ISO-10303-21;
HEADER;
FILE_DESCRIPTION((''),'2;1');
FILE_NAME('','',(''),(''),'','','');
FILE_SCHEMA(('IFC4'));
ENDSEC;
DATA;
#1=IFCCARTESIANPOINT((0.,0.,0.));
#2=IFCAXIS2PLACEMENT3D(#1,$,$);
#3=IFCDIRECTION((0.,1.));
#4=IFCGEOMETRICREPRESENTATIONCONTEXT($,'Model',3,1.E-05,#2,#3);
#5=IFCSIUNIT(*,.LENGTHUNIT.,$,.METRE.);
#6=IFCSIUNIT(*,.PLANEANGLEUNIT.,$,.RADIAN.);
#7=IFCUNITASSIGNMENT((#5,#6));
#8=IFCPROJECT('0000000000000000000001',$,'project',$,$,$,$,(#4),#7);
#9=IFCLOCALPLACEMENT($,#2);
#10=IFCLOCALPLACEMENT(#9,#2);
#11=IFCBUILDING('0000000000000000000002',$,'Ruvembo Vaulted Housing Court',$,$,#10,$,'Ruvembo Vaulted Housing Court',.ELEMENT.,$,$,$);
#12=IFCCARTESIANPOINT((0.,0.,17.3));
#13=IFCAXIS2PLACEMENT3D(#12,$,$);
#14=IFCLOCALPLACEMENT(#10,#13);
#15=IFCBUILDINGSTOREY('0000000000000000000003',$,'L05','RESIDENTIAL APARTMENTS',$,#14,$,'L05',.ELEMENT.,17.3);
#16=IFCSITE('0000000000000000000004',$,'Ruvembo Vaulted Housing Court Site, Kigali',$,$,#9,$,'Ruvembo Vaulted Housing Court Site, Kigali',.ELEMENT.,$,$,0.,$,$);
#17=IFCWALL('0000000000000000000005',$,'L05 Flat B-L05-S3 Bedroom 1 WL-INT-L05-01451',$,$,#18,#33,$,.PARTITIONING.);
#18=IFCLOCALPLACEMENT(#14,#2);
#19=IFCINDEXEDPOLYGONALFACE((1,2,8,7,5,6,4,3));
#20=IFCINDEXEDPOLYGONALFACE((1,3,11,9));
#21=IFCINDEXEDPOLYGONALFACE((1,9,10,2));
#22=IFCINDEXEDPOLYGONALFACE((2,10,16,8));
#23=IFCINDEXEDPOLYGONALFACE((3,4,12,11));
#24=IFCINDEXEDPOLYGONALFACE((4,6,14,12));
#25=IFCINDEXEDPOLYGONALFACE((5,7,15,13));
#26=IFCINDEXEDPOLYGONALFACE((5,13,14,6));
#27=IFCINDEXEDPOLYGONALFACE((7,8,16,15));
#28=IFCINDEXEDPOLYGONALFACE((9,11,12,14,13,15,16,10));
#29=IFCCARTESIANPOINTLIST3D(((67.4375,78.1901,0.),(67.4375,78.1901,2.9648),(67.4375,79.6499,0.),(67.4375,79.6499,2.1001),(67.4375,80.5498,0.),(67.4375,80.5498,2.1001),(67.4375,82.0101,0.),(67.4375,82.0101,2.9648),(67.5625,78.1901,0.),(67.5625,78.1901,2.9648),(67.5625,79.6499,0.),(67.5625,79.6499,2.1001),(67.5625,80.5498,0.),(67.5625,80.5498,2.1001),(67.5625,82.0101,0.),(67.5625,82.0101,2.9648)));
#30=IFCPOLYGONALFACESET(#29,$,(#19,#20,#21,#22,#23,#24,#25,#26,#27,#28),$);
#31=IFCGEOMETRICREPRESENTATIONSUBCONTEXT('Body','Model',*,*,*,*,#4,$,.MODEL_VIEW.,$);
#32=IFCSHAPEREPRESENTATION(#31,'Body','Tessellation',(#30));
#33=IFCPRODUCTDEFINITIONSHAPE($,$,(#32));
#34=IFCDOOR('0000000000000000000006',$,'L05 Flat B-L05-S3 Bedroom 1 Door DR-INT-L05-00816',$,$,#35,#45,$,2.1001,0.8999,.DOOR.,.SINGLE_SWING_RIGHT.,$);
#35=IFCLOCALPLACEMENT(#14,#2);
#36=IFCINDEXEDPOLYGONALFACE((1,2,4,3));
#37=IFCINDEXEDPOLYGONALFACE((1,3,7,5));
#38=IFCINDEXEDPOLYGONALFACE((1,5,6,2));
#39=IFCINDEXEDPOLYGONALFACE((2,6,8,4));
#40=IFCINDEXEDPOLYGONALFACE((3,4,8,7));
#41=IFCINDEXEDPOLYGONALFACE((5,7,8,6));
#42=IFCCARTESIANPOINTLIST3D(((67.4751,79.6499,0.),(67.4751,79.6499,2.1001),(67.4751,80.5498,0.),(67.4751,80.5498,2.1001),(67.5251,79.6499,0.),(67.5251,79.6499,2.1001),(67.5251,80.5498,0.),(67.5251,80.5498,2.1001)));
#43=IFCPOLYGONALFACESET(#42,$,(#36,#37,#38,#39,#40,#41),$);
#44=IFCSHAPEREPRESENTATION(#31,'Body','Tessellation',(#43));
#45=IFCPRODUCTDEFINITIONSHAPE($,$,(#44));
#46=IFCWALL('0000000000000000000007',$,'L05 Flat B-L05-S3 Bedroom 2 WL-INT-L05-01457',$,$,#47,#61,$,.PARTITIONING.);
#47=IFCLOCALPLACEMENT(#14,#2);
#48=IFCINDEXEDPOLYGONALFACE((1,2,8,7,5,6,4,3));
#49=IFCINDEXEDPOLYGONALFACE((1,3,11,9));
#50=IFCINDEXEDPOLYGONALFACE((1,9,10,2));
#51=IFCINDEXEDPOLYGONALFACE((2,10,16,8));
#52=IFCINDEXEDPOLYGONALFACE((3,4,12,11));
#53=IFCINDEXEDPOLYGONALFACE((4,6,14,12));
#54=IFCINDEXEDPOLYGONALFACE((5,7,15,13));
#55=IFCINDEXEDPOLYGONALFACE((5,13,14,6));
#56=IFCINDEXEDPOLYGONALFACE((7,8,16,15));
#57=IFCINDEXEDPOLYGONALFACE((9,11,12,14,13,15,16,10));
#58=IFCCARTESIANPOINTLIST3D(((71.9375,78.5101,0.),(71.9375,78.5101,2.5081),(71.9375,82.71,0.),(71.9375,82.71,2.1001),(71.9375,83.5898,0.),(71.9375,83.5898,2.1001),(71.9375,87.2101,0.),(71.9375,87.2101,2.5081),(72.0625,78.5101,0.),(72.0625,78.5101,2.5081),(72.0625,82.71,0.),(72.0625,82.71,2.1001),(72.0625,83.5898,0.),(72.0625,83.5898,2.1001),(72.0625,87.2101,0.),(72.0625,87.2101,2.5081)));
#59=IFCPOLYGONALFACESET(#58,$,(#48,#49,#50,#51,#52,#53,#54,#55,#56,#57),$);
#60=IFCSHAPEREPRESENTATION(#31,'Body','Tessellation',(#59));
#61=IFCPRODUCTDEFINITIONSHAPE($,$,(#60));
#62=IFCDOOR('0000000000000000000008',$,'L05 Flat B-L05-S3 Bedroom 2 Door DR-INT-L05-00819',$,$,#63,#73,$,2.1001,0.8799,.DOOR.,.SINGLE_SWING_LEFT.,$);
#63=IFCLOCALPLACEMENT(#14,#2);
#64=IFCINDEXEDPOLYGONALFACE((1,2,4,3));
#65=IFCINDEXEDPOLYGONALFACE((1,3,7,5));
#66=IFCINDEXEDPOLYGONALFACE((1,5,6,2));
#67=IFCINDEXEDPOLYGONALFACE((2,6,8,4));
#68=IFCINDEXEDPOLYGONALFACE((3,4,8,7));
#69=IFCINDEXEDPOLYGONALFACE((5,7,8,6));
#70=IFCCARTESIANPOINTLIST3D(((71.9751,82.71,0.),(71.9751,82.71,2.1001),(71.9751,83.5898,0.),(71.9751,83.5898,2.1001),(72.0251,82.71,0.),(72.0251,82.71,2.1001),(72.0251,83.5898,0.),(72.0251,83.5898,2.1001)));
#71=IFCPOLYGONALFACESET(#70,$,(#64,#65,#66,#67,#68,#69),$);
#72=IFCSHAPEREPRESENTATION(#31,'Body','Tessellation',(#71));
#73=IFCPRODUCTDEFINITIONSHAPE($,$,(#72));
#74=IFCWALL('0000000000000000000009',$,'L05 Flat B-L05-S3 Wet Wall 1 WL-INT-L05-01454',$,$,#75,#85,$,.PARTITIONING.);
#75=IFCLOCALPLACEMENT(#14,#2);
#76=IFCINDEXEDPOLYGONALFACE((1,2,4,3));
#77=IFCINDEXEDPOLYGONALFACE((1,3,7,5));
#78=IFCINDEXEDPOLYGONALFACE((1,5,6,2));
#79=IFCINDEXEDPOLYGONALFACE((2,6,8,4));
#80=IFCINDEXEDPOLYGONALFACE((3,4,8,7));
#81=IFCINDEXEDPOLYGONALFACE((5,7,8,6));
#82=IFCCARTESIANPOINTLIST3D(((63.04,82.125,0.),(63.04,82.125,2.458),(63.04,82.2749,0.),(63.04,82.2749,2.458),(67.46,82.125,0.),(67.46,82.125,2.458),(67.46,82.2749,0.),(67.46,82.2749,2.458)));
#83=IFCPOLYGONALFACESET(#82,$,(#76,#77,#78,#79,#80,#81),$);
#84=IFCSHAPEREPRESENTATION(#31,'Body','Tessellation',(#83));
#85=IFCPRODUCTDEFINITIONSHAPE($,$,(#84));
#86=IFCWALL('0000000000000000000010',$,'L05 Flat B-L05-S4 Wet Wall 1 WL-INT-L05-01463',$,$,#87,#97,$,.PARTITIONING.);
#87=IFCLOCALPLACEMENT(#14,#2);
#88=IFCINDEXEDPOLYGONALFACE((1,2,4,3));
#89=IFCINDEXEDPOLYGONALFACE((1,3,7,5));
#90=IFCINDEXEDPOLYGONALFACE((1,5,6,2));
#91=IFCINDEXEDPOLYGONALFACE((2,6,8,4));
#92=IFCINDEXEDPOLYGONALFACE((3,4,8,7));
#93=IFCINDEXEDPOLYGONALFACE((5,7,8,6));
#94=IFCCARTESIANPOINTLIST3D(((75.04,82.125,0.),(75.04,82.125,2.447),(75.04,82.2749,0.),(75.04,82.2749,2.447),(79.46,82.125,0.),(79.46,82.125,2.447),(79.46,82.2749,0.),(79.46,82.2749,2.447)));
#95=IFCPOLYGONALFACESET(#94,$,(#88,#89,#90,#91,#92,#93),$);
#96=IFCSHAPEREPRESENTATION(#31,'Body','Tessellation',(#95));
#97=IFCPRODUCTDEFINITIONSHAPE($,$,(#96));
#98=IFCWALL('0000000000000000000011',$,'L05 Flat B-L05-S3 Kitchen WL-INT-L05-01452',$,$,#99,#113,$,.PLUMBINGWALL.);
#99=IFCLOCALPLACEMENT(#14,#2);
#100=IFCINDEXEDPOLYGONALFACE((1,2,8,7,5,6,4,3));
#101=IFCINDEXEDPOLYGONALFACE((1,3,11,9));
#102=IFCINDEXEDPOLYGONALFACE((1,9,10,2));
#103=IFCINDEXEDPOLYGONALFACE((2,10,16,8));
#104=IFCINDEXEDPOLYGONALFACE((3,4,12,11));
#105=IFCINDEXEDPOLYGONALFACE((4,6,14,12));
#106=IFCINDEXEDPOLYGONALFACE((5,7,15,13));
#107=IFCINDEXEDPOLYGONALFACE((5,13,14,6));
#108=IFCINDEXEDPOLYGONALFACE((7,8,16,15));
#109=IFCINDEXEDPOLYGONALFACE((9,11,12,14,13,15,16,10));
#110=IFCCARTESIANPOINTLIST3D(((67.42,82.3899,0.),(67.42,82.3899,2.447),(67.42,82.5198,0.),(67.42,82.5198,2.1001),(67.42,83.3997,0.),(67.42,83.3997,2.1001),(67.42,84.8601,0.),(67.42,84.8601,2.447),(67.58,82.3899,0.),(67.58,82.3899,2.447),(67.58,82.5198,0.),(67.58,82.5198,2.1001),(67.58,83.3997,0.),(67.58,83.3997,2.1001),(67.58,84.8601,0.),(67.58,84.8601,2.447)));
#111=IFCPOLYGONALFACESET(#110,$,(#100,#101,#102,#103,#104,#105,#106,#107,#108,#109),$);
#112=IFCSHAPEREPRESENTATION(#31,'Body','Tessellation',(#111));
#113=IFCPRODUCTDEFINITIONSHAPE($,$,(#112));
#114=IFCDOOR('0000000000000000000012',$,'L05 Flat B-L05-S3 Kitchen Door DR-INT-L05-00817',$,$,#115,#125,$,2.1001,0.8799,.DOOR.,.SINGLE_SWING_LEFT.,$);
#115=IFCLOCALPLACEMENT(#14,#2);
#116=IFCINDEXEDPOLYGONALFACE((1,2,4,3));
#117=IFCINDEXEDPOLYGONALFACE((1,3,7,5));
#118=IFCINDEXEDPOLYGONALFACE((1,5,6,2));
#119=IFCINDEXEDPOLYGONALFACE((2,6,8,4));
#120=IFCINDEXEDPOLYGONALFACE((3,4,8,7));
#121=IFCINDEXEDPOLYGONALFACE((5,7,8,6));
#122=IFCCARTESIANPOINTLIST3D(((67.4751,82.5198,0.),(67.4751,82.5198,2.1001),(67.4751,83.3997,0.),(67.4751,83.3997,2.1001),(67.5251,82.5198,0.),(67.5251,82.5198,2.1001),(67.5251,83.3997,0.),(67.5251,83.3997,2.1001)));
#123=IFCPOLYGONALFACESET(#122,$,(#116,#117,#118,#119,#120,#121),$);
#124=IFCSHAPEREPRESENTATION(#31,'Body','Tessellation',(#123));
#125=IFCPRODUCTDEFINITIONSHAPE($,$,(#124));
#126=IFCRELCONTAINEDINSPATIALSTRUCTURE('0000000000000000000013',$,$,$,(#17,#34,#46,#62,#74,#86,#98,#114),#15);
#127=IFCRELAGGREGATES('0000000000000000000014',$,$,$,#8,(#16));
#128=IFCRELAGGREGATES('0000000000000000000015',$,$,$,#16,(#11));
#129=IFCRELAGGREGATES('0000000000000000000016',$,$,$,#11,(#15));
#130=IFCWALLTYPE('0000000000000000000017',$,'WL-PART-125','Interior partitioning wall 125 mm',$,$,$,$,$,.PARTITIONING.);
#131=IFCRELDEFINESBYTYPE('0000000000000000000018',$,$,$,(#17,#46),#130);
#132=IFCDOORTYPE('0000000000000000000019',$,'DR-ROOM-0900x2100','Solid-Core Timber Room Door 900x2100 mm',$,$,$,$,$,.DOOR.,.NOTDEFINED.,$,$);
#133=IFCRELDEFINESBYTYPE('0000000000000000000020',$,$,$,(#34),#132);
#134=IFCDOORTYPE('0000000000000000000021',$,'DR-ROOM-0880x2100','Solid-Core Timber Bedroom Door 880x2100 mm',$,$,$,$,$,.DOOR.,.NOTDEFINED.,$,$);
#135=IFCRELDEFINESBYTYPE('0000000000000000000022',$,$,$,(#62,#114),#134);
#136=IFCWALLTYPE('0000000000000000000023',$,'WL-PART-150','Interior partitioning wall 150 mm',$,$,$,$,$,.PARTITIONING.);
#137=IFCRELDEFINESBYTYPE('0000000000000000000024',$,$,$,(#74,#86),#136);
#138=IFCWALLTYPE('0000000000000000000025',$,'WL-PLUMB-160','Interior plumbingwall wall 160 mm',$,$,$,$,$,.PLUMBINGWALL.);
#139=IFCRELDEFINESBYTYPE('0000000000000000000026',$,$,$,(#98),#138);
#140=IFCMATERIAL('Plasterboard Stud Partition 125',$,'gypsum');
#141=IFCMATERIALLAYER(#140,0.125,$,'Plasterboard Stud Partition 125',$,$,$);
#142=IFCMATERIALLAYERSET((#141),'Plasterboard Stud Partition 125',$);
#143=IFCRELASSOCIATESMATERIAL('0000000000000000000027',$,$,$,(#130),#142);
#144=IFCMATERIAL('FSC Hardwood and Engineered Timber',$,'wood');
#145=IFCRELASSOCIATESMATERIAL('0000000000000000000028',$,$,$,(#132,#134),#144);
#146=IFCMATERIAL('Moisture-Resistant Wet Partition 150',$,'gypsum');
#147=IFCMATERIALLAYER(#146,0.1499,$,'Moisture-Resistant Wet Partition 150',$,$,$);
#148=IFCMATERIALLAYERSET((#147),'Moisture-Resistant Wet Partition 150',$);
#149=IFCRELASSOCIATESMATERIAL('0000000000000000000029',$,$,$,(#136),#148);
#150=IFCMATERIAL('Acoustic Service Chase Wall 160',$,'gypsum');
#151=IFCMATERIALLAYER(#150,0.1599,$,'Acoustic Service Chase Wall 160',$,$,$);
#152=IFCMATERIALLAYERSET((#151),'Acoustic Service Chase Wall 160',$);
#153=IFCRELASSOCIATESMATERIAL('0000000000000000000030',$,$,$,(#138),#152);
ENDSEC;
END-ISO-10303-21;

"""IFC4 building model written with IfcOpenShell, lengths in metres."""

from ifc_helpers import new_model, si_unit, direction, frame, frame_2d, origin, place, context, subcontext, project, spatial, rectangle, extrude, material, layer, layer_set, type_object, element, fill, save


model = new_model("IFC4")

# Units and contexts
model_context = context("Model", 3, precision=1e-05, world=origin(), true_north=direction((0.0, 1.0)))
body_context = subcontext(model_context, "Body", "Model", "MODEL_VIEW")
ifc_project = project(units=[si_unit("LENGTHUNIT", "METRE"), si_unit("PLANEANGLEUNIT", "RADIAN")], contexts=[model_context])

# Site, building, storey
site_placement = place(None, origin())
site = spatial("IfcSite", under=ifc_project, at=site_placement, Name="Ruvembo Vaulted Housing Court Site, Kigali", LongName="Ruvembo Vaulted Housing Court Site, Kigali", CompositionType="ELEMENT", RefElevation=0.0)
building_placement = place(site_placement, origin())
building = spatial("IfcBuilding", under=site, at=building_placement, Name="Ruvembo Vaulted Housing Court", LongName="Ruvembo Vaulted Housing Court", CompositionType="ELEMENT")
storey_placement = place(building_placement, frame((0.0, 0.0, 17.3)))
storey = spatial("IfcBuildingStorey", under=building, at=storey_placement, Name="L05", Description="RESIDENTIAL APARTMENTS", LongName="L05", CompositionType="ELEMENT", Elevation=17.3)

# Walls, openings, doors
ifc_material_1 = material(Name="Plasterboard Stud Partition 125", Category="gypsum")
ifc_layer_1 = layer(ifc_material_1, 0.125, Name="Plasterboard Stud Partition 125")
ifc_layer_set_1 = layer_set([ifc_layer_1], Name="Plasterboard Stud Partition 125")
wall_type_1 = type_object("IfcWallType", Name="WL-PART-125", Description="Interior partitioning wall 125 mm", PredefinedType="PARTITIONING", material=ifc_layer_set_1)
wall_1_placement = place(storey_placement, frame((67.5, 78.1899, 0.0), z_axis=(0.0, 0.0, 1.0), x_axis=(0.0, 1.0, 0.0)))
wall_1 = element("IfcWall", 1, at=wall_1_placement, inside=storey, type_object=wall_type_1, Name="L05 Flat B-L05-S3 Bedroom 1 WL-INT-L05-01451", PredefinedType="PARTITIONING", context=body_context, shape_type="SweptSolid", body=[
    extrude(rectangle(XDim=3.8201, YDim=0.125, at=frame_2d((1.9102, 0.0))), origin(), (0.0, 0.0, 1.0), 2.9648),
])
opening_1_placement = place(wall_1_placement, frame((1.46, 0.0, 0.0)))
opening_1 = element("IfcOpeningElement", 2, at=opening_1_placement, cuts=wall_1, PredefinedType="OPENING", context=body_context, shape_type="SweptSolid", body=[
    extrude(rectangle(XDim=0.8999, YDim=2.1001, at=frame_2d((0.45, 1.05))), frame((0.0, 0.0725, 0.0), z_axis=(0.0, -1.0, 0.0), x_axis=(1.0, 0.0, 0.0)), (0.0, 0.0, 1.0), 0.145),
])
ifc_material_2 = material(Name="FSC Hardwood and Engineered Timber", Category="wood")
door_type_1 = type_object("IfcDoorType", Name="DR-ROOM-0900x2100", Description="Solid-Core Timber Room Door 900x2100 mm", OperationType="NOTDEFINED", PredefinedType="DOOR", material=ifc_material_2)
door_1_placement = place(opening_1_placement, origin())
door_1 = element("IfcDoor", 3, at=door_1_placement, inside=storey, type_object=door_type_1, Name="L05 Flat B-L05-S3 Bedroom 1 Door DR-INT-L05-00816", OperationType="SINGLE_SWING_RIGHT", OverallHeight=2.1001, OverallWidth=0.8999, PredefinedType="DOOR", context=body_context, shape_type="SweptSolid", body=[
    extrude(rectangle(XDim=0.8999, YDim=2.1001, at=frame_2d((0.45, 1.05))), frame((0.0, 0.0249, 0.0), z_axis=(0.0, -1.0, 0.0), x_axis=(1.0, 0.0, 0.0)), (0.0, 0.0, 1.0), 0.05),
])
fill(opening_1, door_1)
wall_2_placement = place(storey_placement, frame((72.0, 78.51, 0.0), z_axis=(0.0, 0.0, 1.0), x_axis=(0.0, 1.0, 0.0)))
wall_2 = element("IfcWall", 4, at=wall_2_placement, inside=storey, type_object=wall_type_1, Name="L05 Flat B-L05-S3 Bedroom 2 WL-INT-L05-01457", PredefinedType="PARTITIONING", context=body_context, shape_type="SweptSolid", body=[
    extrude(rectangle(XDim=8.7, YDim=0.125, at=frame_2d((4.3501, 0.0))), origin(), (0.0, 0.0, 1.0), 2.5081),
])
opening_2_placement = place(wall_2_placement, frame((4.2, 0.0, 0.0)))
opening_2 = element("IfcOpeningElement", 5, at=opening_2_placement, cuts=wall_2, PredefinedType="OPENING", context=body_context, shape_type="SweptSolid", body=[
    extrude(rectangle(XDim=0.8799, YDim=2.1001, at=frame_2d((0.4399, 1.05))), frame((0.0, 0.0725, 0.0), z_axis=(0.0, -1.0, 0.0), x_axis=(1.0, 0.0, 0.0)), (0.0, 0.0, 1.0), 0.145),
])
door_type_2 = type_object("IfcDoorType", Name="DR-ROOM-0880x2100", Description="Solid-Core Timber Bedroom Door 880x2100 mm", OperationType="NOTDEFINED", PredefinedType="DOOR", material=ifc_material_2)
door_2_placement = place(opening_2_placement, origin())
door_2 = element("IfcDoor", 6, at=door_2_placement, inside=storey, type_object=door_type_2, Name="L05 Flat B-L05-S3 Bedroom 2 Door DR-INT-L05-00819", OperationType="SINGLE_SWING_LEFT", OverallHeight=2.1001, OverallWidth=0.8799, PredefinedType="DOOR", context=body_context, shape_type="SweptSolid", body=[
    extrude(rectangle(XDim=0.8799, YDim=2.1001, at=frame_2d((0.4399, 1.05))), frame((0.0, 0.0249, 0.0), z_axis=(0.0, -1.0, 0.0), x_axis=(1.0, 0.0, 0.0)), (0.0, 0.0, 1.0), 0.05),
])
fill(opening_2, door_2)

# Walls
ifc_material_3 = material(Name="Moisture-Resistant Wet Partition 150", Category="gypsum")
ifc_layer_2 = layer(ifc_material_3, 0.1499, Name="Moisture-Resistant Wet Partition 150")
ifc_layer_set_2 = layer_set([ifc_layer_2], Name="Moisture-Resistant Wet Partition 150")
wall_type_2 = type_object("IfcWallType", Name="WL-PART-150", Description="Interior partitioning wall 150 mm", PredefinedType="PARTITIONING", material=ifc_layer_set_2)
wall_3_placement = place(storey_placement, frame((63.04, 82.2, 0.0), z_axis=(0.0, 0.0, 1.0), x_axis=(1.0, 0.0, 0.0)))
element("IfcWall", 7, at=wall_3_placement, inside=storey, type_object=wall_type_2, Name="L05 Flat B-L05-S3 Wet Wall 1 WL-INT-L05-01454", PredefinedType="PARTITIONING", context=body_context, shape_type="SweptSolid", body=[
    extrude(rectangle(XDim=4.4199, YDim=0.1499, at=frame_2d((2.21, 0.0))), origin(), (0.0, 0.0, 1.0), 2.458),
])
wall_4_placement = place(storey_placement, frame((75.04, 82.2, 0.0), z_axis=(0.0, 0.0, 1.0), x_axis=(1.0, 0.0, 0.0)))
element("IfcWall", 8, at=wall_4_placement, inside=storey, type_object=wall_type_2, Name="L05 Flat B-L05-S4 Wet Wall 1 WL-INT-L05-01463", PredefinedType="PARTITIONING", context=body_context, shape_type="SweptSolid", body=[
    extrude(rectangle(XDim=4.4199, YDim=0.1499, at=frame_2d((2.21, 0.0))), origin(), (0.0, 0.0, 1.0), 2.447),
])

# Wall, opening, door
ifc_material_4 = material(Name="Acoustic Service Chase Wall 160", Category="gypsum")
ifc_layer_3 = layer(ifc_material_4, 0.1599, Name="Acoustic Service Chase Wall 160")
ifc_layer_set_3 = layer_set([ifc_layer_3], Name="Acoustic Service Chase Wall 160")
wall_type_3 = type_object("IfcWallType", Name="WL-PLUMB-160", Description="Interior plumbingwall wall 160 mm", PredefinedType="PLUMBINGWALL", material=ifc_layer_set_3)
wall_5_placement = place(storey_placement, frame((67.5, 82.3899, 0.0), z_axis=(0.0, 0.0, 1.0), x_axis=(0.0, 1.0, 0.0)))
wall_5 = element("IfcWall", 9, at=wall_5_placement, inside=storey, type_object=wall_type_3, Name="L05 Flat B-L05-S3 Kitchen WL-INT-L05-01452", PredefinedType="PLUMBINGWALL", context=body_context, shape_type="SweptSolid", body=[
    extrude(rectangle(XDim=2.4702, YDim=0.1599, at=frame_2d((1.2351, 0.0))), origin(), (0.0, 0.0, 1.0), 2.447),
])
opening_3_placement = place(wall_5_placement, frame((0.1299, 0.0, 0.0)))
opening_3 = element("IfcOpeningElement", 10, at=opening_3_placement, cuts=wall_5, PredefinedType="OPENING", context=body_context, shape_type="SweptSolid", body=[
    extrude(rectangle(XDim=0.8799, YDim=2.1001, at=frame_2d((0.4399, 1.05))), frame((0.0, 0.0898, 0.0), z_axis=(0.0, -1.0, 0.0), x_axis=(1.0, 0.0, 0.0)), (0.0, 0.0, 1.0), 0.1799),
])
door_3_placement = place(opening_3_placement, origin())
door_3 = element("IfcDoor", 11, at=door_3_placement, inside=storey, type_object=door_type_2, Name="L05 Flat B-L05-S3 Kitchen Door DR-INT-L05-00817", OperationType="SINGLE_SWING_LEFT", OverallHeight=2.1001, OverallWidth=0.8799, PredefinedType="DOOR", context=body_context, shape_type="SweptSolid", body=[
    extrude(rectangle(XDim=0.8799, YDim=2.1001, at=frame_2d((0.4399, 1.05))), frame((0.0, 0.0249, 0.0), z_axis=(0.0, -1.0, 0.0), x_axis=(1.0, 0.0, 0.0)), (0.0, 0.0, 1.0), 0.05),
])
fill(opening_3, door_3)

save(model, "model.ifc")
